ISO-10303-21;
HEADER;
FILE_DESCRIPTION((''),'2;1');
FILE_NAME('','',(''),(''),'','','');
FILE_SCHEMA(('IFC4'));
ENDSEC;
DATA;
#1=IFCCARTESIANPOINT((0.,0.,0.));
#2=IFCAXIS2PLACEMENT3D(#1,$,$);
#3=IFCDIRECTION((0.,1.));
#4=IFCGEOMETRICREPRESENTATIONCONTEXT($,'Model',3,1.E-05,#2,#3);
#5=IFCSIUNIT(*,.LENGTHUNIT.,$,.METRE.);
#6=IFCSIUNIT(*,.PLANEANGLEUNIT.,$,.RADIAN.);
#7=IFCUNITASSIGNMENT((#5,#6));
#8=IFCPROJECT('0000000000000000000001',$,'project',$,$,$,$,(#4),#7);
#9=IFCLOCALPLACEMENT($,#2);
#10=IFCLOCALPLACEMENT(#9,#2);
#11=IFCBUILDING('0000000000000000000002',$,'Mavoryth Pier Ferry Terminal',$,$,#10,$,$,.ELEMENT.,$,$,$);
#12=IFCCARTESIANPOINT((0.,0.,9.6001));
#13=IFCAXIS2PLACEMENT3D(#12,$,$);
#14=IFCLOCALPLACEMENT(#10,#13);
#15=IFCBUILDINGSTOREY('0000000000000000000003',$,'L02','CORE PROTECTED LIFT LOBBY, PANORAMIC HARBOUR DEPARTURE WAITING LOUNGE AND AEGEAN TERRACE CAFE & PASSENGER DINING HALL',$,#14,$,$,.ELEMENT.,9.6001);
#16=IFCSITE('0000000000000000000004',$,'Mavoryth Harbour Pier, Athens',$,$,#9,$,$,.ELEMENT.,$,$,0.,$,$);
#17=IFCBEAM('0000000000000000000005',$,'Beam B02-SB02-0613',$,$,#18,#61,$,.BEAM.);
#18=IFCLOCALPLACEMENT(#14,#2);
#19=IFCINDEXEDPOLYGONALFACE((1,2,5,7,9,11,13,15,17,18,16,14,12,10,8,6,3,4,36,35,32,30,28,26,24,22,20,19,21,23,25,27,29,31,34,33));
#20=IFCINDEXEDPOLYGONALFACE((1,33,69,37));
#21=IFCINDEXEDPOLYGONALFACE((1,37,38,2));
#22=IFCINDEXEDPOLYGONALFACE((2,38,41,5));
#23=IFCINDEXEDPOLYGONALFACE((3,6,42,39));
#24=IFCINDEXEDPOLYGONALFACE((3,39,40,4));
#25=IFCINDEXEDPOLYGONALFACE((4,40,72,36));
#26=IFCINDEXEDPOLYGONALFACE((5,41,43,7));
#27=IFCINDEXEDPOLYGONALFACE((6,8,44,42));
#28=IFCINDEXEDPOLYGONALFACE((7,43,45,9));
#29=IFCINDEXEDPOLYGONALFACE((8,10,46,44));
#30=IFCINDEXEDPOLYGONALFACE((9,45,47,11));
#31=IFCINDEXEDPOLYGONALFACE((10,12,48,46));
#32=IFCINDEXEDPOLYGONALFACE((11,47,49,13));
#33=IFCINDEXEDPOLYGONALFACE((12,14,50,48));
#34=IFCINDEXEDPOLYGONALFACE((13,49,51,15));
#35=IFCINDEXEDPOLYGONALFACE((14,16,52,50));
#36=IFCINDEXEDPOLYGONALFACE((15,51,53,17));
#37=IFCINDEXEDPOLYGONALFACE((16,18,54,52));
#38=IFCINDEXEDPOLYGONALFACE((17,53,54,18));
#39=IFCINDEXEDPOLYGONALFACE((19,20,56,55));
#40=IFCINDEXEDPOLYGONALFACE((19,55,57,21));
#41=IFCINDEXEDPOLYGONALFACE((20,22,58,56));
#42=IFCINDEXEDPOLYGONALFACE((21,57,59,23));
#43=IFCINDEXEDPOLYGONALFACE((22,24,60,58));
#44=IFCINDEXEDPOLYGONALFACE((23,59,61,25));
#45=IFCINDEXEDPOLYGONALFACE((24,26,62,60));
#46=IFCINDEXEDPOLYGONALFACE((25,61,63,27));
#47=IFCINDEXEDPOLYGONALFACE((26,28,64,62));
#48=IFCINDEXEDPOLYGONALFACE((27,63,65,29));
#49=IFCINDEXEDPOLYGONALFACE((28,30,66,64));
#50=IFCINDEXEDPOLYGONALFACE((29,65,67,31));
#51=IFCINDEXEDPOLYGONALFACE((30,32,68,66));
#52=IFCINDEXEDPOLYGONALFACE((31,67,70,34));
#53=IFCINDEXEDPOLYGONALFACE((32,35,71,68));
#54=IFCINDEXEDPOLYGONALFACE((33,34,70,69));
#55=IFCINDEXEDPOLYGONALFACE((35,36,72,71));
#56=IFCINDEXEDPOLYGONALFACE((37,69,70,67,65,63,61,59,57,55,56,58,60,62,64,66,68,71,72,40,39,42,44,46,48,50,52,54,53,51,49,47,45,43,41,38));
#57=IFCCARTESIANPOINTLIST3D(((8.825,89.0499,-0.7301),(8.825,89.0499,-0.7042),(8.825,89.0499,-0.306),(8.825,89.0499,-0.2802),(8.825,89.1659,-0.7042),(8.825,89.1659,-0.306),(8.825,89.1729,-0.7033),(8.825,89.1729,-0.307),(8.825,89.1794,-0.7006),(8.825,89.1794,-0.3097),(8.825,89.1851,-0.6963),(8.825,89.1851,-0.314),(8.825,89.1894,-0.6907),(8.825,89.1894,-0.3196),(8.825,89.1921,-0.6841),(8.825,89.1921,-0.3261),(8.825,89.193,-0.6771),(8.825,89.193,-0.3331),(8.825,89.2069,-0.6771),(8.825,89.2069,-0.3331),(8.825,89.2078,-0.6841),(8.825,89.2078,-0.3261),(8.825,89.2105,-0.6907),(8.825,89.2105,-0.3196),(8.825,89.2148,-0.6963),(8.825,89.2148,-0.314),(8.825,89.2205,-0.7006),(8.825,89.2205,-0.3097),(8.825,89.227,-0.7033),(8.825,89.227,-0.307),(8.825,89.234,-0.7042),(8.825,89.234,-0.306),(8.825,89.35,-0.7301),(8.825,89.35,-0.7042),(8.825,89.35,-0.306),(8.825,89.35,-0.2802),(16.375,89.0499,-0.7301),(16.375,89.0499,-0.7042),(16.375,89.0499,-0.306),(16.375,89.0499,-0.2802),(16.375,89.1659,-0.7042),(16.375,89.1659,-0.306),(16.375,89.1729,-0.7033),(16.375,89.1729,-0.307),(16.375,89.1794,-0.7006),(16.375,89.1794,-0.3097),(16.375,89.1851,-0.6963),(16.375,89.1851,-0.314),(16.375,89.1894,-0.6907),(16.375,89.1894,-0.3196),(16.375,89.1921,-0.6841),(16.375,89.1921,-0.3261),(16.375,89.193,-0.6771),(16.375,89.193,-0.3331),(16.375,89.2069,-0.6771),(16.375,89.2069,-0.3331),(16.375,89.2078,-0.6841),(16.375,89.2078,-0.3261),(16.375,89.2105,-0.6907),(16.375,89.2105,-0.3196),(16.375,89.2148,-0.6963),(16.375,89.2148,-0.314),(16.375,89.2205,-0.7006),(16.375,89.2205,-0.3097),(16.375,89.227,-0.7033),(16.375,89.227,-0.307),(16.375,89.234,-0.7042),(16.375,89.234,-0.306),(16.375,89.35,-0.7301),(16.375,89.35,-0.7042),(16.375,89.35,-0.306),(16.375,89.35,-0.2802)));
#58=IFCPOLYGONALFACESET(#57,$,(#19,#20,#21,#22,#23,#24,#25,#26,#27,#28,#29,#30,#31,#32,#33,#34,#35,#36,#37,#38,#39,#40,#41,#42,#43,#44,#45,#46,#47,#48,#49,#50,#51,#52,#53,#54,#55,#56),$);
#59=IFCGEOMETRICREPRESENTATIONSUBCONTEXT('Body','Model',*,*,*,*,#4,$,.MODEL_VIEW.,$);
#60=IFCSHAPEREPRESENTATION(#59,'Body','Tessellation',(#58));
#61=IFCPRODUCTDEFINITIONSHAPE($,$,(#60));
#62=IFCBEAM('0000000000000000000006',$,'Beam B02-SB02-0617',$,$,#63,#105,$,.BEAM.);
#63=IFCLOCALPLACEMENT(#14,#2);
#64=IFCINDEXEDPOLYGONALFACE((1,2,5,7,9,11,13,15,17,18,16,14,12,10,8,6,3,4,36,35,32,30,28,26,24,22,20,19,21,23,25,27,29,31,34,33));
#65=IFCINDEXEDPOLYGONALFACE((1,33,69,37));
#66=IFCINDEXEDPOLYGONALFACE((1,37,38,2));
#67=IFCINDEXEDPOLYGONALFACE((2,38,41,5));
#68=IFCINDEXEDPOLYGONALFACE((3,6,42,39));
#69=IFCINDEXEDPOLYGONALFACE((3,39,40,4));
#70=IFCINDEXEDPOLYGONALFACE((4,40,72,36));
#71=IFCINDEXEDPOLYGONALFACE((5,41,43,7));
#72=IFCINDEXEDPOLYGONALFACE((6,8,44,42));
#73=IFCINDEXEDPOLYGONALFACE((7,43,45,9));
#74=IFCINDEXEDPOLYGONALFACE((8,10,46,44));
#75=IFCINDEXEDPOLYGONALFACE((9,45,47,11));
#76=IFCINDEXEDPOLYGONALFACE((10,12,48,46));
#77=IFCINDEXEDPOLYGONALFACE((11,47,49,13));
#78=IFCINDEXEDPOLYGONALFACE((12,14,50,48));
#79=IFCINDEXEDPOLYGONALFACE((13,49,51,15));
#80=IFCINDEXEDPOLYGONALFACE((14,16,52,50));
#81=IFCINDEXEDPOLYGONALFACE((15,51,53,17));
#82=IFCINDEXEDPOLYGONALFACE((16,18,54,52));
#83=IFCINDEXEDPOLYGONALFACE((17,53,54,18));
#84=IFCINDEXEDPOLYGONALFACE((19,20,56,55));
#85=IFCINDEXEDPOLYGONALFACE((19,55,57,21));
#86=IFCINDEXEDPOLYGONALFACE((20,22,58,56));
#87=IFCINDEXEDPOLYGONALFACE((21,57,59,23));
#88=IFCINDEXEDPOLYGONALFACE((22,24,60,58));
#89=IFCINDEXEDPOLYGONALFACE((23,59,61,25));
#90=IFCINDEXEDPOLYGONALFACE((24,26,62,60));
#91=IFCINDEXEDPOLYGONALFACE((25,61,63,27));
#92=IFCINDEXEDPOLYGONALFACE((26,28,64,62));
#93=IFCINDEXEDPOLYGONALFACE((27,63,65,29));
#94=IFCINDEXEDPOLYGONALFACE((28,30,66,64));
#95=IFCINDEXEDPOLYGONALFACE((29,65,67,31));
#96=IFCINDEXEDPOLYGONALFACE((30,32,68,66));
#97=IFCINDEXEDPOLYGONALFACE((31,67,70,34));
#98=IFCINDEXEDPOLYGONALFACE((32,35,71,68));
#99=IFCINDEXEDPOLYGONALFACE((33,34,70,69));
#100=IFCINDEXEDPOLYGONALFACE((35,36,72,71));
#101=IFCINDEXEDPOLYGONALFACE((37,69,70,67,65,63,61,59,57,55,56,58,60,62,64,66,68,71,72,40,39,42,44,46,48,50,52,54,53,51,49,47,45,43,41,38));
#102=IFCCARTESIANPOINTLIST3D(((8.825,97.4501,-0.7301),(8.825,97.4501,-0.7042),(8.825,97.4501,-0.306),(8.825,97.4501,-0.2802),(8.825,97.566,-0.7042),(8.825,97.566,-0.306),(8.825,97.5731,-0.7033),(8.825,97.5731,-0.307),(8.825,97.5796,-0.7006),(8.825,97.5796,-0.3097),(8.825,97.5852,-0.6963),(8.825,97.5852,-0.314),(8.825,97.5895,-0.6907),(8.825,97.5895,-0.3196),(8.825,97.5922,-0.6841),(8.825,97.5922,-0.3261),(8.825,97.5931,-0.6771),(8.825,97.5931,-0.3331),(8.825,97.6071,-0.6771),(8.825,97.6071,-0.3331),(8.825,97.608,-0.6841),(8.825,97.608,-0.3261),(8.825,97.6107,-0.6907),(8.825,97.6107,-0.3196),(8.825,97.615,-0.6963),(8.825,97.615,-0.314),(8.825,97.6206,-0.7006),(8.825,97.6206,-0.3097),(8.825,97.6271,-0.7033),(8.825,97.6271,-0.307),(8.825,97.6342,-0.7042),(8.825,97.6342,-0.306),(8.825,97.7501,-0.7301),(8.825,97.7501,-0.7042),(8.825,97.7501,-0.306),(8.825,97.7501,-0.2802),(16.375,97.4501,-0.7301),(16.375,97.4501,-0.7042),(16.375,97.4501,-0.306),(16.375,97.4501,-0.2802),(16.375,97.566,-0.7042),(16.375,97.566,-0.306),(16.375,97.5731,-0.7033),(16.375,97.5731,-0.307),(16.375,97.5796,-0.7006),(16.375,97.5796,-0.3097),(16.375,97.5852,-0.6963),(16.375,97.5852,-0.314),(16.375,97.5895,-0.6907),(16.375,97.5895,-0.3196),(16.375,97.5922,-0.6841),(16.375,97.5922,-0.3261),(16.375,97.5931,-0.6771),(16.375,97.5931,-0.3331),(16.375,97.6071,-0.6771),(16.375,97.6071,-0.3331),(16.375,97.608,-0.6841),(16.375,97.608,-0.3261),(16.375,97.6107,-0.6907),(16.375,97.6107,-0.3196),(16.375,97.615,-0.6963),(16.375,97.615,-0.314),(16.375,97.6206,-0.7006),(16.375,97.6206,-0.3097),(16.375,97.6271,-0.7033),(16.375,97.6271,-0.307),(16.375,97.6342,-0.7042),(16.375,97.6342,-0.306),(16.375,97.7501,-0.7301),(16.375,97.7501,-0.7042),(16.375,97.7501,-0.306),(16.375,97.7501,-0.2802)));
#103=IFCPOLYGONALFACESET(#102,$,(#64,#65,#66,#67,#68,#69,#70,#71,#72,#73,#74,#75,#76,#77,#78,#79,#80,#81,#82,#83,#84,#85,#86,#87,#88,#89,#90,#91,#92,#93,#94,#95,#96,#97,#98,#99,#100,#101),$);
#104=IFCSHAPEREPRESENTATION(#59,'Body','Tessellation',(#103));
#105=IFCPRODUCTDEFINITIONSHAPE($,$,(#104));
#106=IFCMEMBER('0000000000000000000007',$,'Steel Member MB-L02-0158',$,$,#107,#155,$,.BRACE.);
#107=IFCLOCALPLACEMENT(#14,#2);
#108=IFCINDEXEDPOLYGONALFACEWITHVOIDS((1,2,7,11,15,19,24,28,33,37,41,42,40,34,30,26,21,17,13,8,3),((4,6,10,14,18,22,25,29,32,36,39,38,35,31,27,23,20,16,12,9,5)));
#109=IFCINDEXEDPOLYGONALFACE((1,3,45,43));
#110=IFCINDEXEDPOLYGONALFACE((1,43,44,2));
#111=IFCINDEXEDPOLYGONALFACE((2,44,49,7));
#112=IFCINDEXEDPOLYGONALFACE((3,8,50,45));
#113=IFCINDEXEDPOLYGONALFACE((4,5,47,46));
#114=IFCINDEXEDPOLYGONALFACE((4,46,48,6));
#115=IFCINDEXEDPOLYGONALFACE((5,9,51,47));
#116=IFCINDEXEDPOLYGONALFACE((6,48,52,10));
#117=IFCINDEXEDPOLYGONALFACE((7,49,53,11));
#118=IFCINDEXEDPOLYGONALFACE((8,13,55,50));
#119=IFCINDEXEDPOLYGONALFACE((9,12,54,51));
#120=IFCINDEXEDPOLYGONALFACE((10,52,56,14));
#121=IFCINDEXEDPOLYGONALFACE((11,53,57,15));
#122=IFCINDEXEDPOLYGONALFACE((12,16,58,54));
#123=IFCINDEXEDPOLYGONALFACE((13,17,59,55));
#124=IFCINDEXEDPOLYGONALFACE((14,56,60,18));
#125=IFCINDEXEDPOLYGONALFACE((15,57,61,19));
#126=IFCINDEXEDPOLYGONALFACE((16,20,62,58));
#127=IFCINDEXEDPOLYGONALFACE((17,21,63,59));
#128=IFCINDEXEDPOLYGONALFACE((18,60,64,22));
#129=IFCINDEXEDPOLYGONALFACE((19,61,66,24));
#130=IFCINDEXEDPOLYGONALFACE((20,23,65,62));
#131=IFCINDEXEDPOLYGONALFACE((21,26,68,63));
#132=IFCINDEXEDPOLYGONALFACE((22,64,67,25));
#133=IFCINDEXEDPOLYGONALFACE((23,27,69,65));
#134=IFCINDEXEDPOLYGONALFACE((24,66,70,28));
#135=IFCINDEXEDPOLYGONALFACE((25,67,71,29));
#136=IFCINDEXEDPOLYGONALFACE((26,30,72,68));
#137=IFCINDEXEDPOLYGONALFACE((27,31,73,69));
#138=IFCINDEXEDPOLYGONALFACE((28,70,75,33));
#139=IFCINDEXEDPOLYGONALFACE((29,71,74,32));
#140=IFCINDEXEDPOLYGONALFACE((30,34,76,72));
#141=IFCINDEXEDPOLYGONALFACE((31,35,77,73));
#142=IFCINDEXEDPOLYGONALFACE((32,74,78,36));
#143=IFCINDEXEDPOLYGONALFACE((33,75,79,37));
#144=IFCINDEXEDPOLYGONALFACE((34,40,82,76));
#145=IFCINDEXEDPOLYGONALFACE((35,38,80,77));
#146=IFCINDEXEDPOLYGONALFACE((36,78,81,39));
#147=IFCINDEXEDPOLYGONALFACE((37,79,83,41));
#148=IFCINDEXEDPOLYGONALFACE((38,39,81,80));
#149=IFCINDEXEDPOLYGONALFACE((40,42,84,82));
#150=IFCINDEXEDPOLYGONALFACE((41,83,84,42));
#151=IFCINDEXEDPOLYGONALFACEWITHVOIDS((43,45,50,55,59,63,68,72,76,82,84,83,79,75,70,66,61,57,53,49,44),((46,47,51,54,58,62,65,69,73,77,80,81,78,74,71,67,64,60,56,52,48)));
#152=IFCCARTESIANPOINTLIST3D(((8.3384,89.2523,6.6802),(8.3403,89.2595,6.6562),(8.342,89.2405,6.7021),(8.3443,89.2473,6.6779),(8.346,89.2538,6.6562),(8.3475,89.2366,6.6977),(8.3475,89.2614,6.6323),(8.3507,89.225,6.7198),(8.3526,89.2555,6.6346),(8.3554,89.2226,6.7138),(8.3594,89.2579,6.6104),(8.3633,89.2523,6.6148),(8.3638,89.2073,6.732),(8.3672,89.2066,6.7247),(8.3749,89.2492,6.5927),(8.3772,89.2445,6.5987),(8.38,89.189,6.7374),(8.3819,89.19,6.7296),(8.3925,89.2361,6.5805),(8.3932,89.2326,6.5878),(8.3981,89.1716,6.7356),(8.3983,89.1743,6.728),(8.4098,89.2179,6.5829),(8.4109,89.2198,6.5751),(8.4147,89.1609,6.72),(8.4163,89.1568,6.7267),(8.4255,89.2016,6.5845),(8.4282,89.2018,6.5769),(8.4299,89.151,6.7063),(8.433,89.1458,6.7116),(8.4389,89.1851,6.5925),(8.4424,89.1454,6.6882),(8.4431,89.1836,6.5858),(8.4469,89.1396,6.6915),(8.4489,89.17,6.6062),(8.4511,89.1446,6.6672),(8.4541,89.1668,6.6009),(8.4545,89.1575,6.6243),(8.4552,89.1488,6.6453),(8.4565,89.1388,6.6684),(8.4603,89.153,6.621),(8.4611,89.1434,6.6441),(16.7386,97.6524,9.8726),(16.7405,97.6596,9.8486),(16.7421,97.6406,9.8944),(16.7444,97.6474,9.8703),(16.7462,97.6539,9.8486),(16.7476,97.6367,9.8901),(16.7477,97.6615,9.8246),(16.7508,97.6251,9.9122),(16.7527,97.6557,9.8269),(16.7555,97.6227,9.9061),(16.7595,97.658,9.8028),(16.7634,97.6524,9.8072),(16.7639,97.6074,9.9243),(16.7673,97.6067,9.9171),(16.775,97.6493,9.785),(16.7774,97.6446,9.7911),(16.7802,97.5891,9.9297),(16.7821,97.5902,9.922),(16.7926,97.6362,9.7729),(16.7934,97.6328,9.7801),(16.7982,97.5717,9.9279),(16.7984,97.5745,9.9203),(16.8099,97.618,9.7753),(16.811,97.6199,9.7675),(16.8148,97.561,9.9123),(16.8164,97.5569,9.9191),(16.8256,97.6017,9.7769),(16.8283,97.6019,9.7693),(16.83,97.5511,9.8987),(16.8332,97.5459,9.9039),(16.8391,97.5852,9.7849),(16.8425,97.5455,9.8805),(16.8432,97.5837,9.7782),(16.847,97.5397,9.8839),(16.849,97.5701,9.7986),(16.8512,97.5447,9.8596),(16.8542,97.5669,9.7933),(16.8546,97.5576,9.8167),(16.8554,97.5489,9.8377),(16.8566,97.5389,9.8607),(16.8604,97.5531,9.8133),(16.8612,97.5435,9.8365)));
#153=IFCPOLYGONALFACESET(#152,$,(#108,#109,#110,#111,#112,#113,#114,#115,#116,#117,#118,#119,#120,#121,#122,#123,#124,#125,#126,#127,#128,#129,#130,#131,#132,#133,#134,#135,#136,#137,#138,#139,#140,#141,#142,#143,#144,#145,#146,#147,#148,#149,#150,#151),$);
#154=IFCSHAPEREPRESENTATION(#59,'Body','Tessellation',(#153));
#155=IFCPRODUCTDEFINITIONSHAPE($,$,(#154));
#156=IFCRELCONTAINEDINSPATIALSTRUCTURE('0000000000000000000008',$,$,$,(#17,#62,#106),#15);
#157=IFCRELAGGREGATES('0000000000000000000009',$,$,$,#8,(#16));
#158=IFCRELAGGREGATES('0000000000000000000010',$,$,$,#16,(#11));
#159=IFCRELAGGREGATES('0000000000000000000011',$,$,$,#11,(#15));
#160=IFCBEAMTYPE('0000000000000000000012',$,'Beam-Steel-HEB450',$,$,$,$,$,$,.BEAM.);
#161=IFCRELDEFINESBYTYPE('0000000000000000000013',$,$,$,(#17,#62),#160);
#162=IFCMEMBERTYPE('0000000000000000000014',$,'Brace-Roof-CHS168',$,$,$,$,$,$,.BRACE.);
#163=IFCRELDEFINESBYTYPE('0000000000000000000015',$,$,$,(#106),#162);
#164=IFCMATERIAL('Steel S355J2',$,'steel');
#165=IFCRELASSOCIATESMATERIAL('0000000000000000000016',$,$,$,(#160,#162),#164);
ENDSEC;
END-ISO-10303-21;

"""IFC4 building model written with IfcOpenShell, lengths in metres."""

from ifc_helpers import new_model, si_unit, direction, frame, origin, origin_2d, place, context, subcontext, project, spatial, hollow_circle, i_section, extrude, material, material_profile, profile_set, type_object, element, save


model = new_model("IFC4")

# Units and contexts
model_context = context("Model", 3, precision=1e-05, world=origin(), true_north=direction((0.0, 1.0)))
body_context = subcontext(model_context, "Body", "Model", "MODEL_VIEW")
ifc_project = project(units=[si_unit("LENGTHUNIT", "METRE"), si_unit("PLANEANGLEUNIT", "RADIAN")], contexts=[model_context])

# Site, building, storey
site_placement = place(None, origin())
site = spatial("IfcSite", under=ifc_project, at=site_placement, Name="Mavoryth Harbour Pier, Athens", CompositionType="ELEMENT", RefElevation=0.0)
building_placement = place(site_placement, origin())
building = spatial("IfcBuilding", under=site, at=building_placement, Name="Mavoryth Pier Ferry Terminal", CompositionType="ELEMENT")
storey_placement = place(building_placement, frame((0.0, 0.0, 9.6001)))
storey = spatial("IfcBuildingStorey", under=building, at=storey_placement, Name="L02", Description="CORE PROTECTED LIFT LOBBY, PANORAMIC HARBOUR DEPARTURE WAITING LOUNGE AND AEGEAN TERRACE CAFE & PASSENGER DINING HALL", CompositionType="ELEMENT", Elevation=9.6001)

# Beams
ifc_material_1 = material(Name="Steel S355J2", Category="steel")
ifc_material_profile_1 = material_profile(ifc_material_1, i_section(OverallWidth=0.3, OverallDepth=0.45, WebThickness=0.0139, FlangeThickness=0.0259, FilletRadius=0.0271, at=origin_2d()), Name="HEB 450", Category="steel")
ifc_profile_set_1 = profile_set([ifc_material_profile_1], Name="Steel S355J2 - HEB 450")
beam_type_1 = type_object("IfcBeamType", Name="Beam-Steel-HEB450", PredefinedType="BEAM", material=ifc_profile_set_1)
for number, where, z_axis, x_axis, name in (
    (1, (8.825, 89.2, -0.5051), (1.0, 0.0, 0.0), (0.0, 1.0, 0.0), "Beam B02-SB02-0613"),
    (2, (8.825, 97.6001, -0.5051), (1.0, 0.0, 0.0), (0.0, 1.0, 0.0), "Beam B02-SB02-0617"),
):
    element("IfcBeam", number, at=place(storey_placement, frame(where, z_axis=z_axis, x_axis=x_axis)), inside=storey, type_object=beam_type_1, Name=name, PredefinedType="BEAM", context=body_context, shape_type="SweptSolid", body=[
        extrude(i_section(OverallWidth=0.3, OverallDepth=0.45, WebThickness=0.0139, FlangeThickness=0.0259, FilletRadius=0.0271, at=origin_2d()), origin(), (0.0, 0.0, 1.0), 7.55),
    ])

# Member
ifc_material_profile_2 = material_profile(ifc_material_1, hollow_circle(Radius=0.0842, WallThickness=0.0081, at=origin_2d()), Name="CHS 168.3x8.0", Category="steel")
ifc_profile_set_2 = profile_set([ifc_material_profile_2], Name="Steel S355J2 - CHS 168.3x8.0")
member_type_1 = type_object("IfcMemberType", Name="Brace-Roof-CHS168", PredefinedType="BRACE", material=ifc_profile_set_2)
member_1_placement = place(storey_placement, frame((8.3999, 89.2, 6.6562), z_axis=(0.68288, 0.68288, 0.259521), x_axis=(-0.707107, 0.707107, 0.0)))
element("IfcMember", 3, at=member_1_placement, inside=storey, type_object=member_type_1, Name="Steel Member MB-L02-0158", PredefinedType="BRACE", context=body_context, shape_type="SweptSolid", body=[
    extrude(hollow_circle(Radius=0.0842, WallThickness=0.0081, at=origin_2d()), origin(), (0.0, 0.0, 1.0), 12.301),
])

save(model, "model.ifc")
